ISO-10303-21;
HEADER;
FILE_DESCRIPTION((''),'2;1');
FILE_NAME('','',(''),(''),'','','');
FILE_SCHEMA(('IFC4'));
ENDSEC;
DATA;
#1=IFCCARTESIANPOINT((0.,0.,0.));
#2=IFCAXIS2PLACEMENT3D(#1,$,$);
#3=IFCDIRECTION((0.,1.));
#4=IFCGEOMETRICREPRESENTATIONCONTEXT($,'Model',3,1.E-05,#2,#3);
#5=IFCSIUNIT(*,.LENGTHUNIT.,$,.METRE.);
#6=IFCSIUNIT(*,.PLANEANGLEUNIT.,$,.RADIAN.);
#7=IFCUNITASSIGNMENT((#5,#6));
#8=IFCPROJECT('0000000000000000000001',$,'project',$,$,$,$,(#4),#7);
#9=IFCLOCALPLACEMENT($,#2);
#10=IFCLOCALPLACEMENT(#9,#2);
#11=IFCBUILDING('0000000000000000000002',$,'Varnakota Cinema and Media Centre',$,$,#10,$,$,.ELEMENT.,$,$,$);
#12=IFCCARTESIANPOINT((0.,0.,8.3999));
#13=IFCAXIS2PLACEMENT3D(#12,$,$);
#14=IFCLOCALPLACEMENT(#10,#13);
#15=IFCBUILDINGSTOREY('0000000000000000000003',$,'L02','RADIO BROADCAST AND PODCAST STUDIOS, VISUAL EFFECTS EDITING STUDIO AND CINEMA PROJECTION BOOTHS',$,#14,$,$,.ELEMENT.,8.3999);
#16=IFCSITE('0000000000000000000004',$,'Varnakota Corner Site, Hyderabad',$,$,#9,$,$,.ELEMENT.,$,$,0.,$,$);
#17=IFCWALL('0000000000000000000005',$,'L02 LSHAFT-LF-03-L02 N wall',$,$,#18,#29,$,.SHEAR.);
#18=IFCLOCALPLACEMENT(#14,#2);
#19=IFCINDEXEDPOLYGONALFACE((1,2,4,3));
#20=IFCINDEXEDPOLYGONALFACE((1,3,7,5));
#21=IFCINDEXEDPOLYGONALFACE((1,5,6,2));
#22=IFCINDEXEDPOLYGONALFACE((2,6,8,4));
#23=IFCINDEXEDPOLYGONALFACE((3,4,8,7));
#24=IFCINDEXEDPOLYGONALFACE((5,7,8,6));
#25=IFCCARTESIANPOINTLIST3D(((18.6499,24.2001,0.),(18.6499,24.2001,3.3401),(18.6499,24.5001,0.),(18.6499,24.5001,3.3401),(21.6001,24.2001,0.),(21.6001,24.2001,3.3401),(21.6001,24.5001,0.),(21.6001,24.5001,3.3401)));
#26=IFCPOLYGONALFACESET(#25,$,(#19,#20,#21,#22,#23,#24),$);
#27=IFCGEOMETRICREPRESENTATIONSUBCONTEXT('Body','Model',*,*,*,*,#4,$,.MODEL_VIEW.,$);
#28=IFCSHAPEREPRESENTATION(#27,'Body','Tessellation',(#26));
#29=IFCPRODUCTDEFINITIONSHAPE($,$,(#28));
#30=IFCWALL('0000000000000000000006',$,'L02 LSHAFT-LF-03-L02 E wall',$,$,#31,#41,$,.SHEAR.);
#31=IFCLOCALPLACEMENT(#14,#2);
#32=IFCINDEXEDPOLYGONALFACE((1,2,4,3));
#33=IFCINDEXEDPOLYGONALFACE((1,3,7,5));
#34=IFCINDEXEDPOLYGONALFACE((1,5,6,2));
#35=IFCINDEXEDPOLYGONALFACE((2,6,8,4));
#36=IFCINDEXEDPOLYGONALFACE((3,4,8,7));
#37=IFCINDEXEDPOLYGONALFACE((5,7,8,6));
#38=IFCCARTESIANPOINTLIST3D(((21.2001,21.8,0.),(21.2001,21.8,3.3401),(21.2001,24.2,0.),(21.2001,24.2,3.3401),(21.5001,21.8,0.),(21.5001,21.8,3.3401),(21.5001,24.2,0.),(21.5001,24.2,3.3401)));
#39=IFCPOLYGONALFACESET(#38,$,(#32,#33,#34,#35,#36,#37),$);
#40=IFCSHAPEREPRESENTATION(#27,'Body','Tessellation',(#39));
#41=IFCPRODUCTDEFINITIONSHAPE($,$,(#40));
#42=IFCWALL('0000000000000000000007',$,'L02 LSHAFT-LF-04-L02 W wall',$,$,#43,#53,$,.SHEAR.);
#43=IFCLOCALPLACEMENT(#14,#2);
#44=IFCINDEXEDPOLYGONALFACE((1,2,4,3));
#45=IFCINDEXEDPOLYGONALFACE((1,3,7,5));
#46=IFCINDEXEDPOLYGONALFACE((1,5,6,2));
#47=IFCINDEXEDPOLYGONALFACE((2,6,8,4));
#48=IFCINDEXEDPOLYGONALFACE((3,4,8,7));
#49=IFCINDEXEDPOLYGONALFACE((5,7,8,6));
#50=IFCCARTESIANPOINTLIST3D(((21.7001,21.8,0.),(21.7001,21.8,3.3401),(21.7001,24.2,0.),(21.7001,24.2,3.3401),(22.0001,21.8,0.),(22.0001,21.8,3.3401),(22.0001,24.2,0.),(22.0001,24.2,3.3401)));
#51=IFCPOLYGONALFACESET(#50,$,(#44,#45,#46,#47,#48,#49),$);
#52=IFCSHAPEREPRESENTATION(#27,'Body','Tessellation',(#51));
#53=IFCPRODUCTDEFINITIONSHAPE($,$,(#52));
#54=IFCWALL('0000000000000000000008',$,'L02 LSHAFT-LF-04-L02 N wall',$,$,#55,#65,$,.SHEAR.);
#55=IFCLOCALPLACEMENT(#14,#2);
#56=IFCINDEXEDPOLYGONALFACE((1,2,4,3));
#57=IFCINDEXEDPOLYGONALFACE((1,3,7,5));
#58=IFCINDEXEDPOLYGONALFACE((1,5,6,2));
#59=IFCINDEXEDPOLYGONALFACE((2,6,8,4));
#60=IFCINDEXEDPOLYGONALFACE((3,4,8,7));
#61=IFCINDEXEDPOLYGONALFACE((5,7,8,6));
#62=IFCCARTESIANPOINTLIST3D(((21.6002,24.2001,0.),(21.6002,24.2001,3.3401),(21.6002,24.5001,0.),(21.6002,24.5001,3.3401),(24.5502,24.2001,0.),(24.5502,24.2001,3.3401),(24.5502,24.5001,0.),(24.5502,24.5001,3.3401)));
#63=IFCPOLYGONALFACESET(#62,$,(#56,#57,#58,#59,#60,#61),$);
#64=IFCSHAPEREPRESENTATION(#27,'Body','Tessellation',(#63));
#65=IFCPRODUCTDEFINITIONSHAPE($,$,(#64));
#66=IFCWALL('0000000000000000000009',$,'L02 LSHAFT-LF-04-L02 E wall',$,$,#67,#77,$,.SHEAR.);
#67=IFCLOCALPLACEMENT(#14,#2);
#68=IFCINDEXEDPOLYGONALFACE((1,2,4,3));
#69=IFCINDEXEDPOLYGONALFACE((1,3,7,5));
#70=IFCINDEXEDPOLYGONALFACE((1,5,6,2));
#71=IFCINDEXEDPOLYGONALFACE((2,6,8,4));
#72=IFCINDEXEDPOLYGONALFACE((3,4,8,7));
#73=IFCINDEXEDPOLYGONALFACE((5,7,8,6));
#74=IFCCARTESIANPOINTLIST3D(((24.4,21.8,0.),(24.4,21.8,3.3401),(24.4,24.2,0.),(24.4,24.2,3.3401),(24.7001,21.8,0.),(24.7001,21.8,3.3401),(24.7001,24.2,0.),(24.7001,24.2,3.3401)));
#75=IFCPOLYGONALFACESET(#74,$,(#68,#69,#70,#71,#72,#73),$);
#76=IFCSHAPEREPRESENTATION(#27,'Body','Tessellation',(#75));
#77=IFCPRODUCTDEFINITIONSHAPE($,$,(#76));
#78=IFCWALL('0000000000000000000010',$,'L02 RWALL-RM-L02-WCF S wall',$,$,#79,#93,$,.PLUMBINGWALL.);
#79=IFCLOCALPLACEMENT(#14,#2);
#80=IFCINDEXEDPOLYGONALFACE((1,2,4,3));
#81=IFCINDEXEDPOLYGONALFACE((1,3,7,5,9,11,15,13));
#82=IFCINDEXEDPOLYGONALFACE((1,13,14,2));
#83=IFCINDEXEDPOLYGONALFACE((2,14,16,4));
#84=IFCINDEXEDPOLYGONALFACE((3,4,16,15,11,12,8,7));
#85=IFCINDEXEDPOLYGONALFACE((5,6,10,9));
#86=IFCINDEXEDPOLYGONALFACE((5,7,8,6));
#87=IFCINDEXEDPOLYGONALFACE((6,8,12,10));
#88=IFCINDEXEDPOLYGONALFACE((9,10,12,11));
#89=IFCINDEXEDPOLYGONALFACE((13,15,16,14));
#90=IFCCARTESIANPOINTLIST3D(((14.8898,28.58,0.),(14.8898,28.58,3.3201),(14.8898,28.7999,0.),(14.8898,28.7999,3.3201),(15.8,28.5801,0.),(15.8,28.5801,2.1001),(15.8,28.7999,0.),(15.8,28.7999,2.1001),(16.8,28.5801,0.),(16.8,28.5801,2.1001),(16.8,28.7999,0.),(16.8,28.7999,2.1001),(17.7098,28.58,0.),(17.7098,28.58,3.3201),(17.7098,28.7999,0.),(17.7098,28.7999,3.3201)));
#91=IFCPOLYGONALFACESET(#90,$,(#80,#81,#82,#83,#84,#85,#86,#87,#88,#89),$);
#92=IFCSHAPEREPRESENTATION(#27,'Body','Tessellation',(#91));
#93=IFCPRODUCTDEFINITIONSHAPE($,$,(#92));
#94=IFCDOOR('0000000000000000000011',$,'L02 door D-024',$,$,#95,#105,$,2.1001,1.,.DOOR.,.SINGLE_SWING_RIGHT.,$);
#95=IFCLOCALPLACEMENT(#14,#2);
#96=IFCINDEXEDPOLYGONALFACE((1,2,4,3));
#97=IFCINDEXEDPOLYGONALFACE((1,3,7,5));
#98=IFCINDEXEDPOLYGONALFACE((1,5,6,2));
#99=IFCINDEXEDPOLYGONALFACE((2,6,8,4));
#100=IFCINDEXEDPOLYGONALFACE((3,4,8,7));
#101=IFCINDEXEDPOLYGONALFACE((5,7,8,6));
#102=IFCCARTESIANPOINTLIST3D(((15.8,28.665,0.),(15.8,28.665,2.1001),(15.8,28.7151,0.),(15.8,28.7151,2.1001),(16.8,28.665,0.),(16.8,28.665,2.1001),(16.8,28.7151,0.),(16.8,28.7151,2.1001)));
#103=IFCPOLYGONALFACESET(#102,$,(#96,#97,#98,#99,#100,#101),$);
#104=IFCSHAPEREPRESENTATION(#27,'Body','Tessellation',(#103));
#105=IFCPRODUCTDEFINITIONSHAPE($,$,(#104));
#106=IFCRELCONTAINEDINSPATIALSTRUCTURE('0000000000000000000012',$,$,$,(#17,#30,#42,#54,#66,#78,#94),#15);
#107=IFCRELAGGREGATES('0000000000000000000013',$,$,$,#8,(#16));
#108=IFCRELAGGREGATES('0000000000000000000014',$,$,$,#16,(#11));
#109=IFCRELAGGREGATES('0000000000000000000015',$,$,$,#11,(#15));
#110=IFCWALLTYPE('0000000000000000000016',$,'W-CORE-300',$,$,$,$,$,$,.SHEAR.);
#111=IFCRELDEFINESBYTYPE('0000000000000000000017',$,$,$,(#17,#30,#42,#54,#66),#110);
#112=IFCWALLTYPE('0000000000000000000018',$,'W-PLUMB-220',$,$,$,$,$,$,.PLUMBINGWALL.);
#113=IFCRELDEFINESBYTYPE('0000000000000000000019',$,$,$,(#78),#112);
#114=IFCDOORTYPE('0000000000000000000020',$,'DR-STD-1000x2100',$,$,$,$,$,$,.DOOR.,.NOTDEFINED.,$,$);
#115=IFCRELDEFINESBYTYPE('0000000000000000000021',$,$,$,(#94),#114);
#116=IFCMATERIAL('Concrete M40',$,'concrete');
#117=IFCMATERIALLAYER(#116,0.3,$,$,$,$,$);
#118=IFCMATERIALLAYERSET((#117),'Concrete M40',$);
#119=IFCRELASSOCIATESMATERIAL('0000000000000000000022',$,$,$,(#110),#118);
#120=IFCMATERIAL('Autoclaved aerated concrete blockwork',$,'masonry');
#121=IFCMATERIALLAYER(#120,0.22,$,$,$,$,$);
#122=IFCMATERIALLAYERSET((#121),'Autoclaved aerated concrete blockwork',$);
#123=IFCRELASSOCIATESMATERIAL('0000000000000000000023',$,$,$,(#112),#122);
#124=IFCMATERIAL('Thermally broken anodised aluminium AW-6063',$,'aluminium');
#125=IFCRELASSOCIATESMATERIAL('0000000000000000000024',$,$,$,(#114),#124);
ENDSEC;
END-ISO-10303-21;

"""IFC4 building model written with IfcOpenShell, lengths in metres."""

from ifc_helpers import new_model, si_unit, direction, frame, frame_2d, origin, place, context, subcontext, project, spatial, rectangle, extrude, material, layer, layer_set, type_object, element, fill, save


model = new_model("IFC4")

# Units and contexts
model_context = context("Model", 3, precision=1e-05, world=origin(), true_north=direction((0.0, 1.0)))
body_context = subcontext(model_context, "Body", "Model", "MODEL_VIEW")
ifc_project = project(units=[si_unit("LENGTHUNIT", "METRE"), si_unit("PLANEANGLEUNIT", "RADIAN")], contexts=[model_context])

# Site, building, storey
site_placement = place(None, origin())
site = spatial("IfcSite", under=ifc_project, at=site_placement, Name="Varnakota Corner Site, Hyderabad", CompositionType="ELEMENT", RefElevation=0.0)
building_placement = place(site_placement, origin())
building = spatial("IfcBuilding", under=site, at=building_placement, Name="Varnakota Cinema and Media Centre", CompositionType="ELEMENT")
storey_placement = place(building_placement, frame((0.0, 0.0, 8.3999)))
storey = spatial("IfcBuildingStorey", under=building, at=storey_placement, Name="L02", Description="RADIO BROADCAST AND PODCAST STUDIOS, VISUAL EFFECTS EDITING STUDIO AND CINEMA PROJECTION BOOTHS", CompositionType="ELEMENT", Elevation=8.3999)

# Shared definitions
ifc_material_1 = material(Name="Concrete M40", Category="concrete")
ifc_layer_1 = layer(ifc_material_1, 0.3)
ifc_layer_set_1 = layer_set([ifc_layer_1], Name="Concrete M40")
wall_type_1 = type_object("IfcWallType", Name="W-CORE-300", PredefinedType="SHEAR", material=ifc_layer_set_1)

# Walls
wall_1_placement = place(storey_placement, frame((18.6499, 24.3501, 0.0), z_axis=(0.0, 0.0, 1.0), x_axis=(1.0, 0.0, 0.0)))
element("IfcWall", 1, at=wall_1_placement, inside=storey, type_object=wall_type_1, Name="L02 LSHAFT-LF-03-L02 N wall", PredefinedType="SHEAR", context=body_context, shape_type="SweptSolid", body=[
    extrude(rectangle(XDim=2.9502, YDim=0.3, at=frame_2d((1.4751, 0.0))), origin(), (0.0, 0.0, 1.0), 3.3401),
])
wall_2_placement = place(storey_placement, frame((21.3501, 24.2, 0.0), z_axis=(0.0, 0.0, 1.0), x_axis=(0.0, -1.0, 0.0)))
element("IfcWall", 2, at=wall_2_placement, inside=storey, type_object=wall_type_1, Name="L02 LSHAFT-LF-03-L02 E wall", PredefinedType="SHEAR", context=body_context, shape_type="SweptSolid", body=[
    extrude(rectangle(XDim=2.3999, YDim=0.3, at=frame_2d((1.2, 0.0))), origin(), (0.0, 0.0, 1.0), 3.3401),
])

# Walls
wall_3_placement = place(storey_placement, frame((21.8501, 21.8, 0.0), z_axis=(0.0, 0.0, 1.0), x_axis=(0.0, 1.0, 0.0)))
element("IfcWall", 3, at=wall_3_placement, inside=storey, type_object=wall_type_1, Name="L02 LSHAFT-LF-04-L02 W wall", PredefinedType="SHEAR", context=body_context, shape_type="SweptSolid", body=[
    extrude(rectangle(XDim=2.3999, YDim=0.3, at=frame_2d((1.2, 0.0))), origin(), (0.0, 0.0, 1.0), 3.3401),
])
wall_4_placement = place(storey_placement, frame((21.6001, 24.3501, 0.0), z_axis=(0.0, 0.0, 1.0), x_axis=(1.0, 0.0, 0.0)))
element("IfcWall", 4, at=wall_4_placement, inside=storey, type_object=wall_type_1, Name="L02 LSHAFT-LF-04-L02 N wall", PredefinedType="SHEAR", context=body_context, shape_type="SweptSolid", body=[
    extrude(rectangle(XDim=2.95, YDim=0.3, at=frame_2d((1.4751, 0.0))), origin(), (0.0, 0.0, 1.0), 3.3401),
])
wall_5_placement = place(storey_placement, frame((24.55, 24.2, 0.0), z_axis=(0.0, 0.0, 1.0), x_axis=(0.0, -1.0, 0.0)))
element("IfcWall", 5, at=wall_5_placement, inside=storey, type_object=wall_type_1, Name="L02 LSHAFT-LF-04-L02 E wall", PredefinedType="SHEAR", context=body_context, shape_type="SweptSolid", body=[
    extrude(rectangle(XDim=2.3999, YDim=0.3, at=frame_2d((1.2, 0.0))), origin(), (0.0, 0.0, 1.0), 3.3401),
])

# Wall, opening, door
ifc_material_2 = material(Name="Autoclaved aerated concrete blockwork", Category="masonry")
ifc_layer_2 = layer(ifc_material_2, 0.22)
ifc_layer_set_2 = layer_set([ifc_layer_2], Name="Autoclaved aerated concrete blockwork")
wall_type_2 = type_object("IfcWallType", Name="W-PLUMB-220", PredefinedType="PLUMBINGWALL", material=ifc_layer_set_2)
wall_6_placement = place(storey_placement, frame((17.71, 28.6899, 0.0), z_axis=(0.0, 0.0, 1.0), x_axis=(-1.0, 0.0, 0.0)))
wall_6 = element("IfcWall", 6, at=wall_6_placement, inside=storey, type_object=wall_type_2, Name="L02 RWALL-RM-L02-WCF S wall", PredefinedType="PLUMBINGWALL", context=body_context, shape_type="SweptSolid", body=[
    extrude(rectangle(XDim=2.8201, YDim=0.22, at=frame_2d((1.4102, 0.0))), origin(), (0.0, 0.0, 1.0), 3.3201),
])
opening_1_placement = place(wall_6_placement, frame((0.9099, 0.0, 0.0)))
opening_1 = element("IfcOpeningElement", 7, at=opening_1_placement, cuts=wall_6, PredefinedType="OPENING", context=body_context, shape_type="SweptSolid", body=[
    extrude(rectangle(XDim=1.0, YDim=2.1001, at=frame_2d((0.5, 1.05))), frame((0.0, 0.1099, 0.0), z_axis=(0.0, -1.0, 0.0), x_axis=(1.0, 0.0, 0.0)), (0.0, 0.0, 1.0), 0.22),
])
ifc_material_3 = material(Name="Thermally broken anodised aluminium AW-6063", Category="aluminium")
door_type_1 = type_object("IfcDoorType", Name="DR-STD-1000x2100", OperationType="NOTDEFINED", PredefinedType="DOOR", material=ifc_material_3)
door_1_placement = place(opening_1_placement, origin())
door_1 = element("IfcDoor", 8, at=door_1_placement, inside=storey, type_object=door_type_1, Name="L02 door D-024", OperationType="SINGLE_SWING_RIGHT", OverallHeight=2.1001, OverallWidth=1.0, PredefinedType="DOOR", context=body_context, shape_type="SweptSolid", body=[
    extrude(rectangle(XDim=1.0, YDim=2.1001, at=frame_2d((0.5, 1.05))), frame((0.0, 0.0249, 0.0), z_axis=(0.0, -1.0, 0.0), x_axis=(1.0, 0.0, 0.0)), (0.0, 0.0, 1.0), 0.05),
])
fill(opening_1, door_1)

save(model, "model.ifc")
